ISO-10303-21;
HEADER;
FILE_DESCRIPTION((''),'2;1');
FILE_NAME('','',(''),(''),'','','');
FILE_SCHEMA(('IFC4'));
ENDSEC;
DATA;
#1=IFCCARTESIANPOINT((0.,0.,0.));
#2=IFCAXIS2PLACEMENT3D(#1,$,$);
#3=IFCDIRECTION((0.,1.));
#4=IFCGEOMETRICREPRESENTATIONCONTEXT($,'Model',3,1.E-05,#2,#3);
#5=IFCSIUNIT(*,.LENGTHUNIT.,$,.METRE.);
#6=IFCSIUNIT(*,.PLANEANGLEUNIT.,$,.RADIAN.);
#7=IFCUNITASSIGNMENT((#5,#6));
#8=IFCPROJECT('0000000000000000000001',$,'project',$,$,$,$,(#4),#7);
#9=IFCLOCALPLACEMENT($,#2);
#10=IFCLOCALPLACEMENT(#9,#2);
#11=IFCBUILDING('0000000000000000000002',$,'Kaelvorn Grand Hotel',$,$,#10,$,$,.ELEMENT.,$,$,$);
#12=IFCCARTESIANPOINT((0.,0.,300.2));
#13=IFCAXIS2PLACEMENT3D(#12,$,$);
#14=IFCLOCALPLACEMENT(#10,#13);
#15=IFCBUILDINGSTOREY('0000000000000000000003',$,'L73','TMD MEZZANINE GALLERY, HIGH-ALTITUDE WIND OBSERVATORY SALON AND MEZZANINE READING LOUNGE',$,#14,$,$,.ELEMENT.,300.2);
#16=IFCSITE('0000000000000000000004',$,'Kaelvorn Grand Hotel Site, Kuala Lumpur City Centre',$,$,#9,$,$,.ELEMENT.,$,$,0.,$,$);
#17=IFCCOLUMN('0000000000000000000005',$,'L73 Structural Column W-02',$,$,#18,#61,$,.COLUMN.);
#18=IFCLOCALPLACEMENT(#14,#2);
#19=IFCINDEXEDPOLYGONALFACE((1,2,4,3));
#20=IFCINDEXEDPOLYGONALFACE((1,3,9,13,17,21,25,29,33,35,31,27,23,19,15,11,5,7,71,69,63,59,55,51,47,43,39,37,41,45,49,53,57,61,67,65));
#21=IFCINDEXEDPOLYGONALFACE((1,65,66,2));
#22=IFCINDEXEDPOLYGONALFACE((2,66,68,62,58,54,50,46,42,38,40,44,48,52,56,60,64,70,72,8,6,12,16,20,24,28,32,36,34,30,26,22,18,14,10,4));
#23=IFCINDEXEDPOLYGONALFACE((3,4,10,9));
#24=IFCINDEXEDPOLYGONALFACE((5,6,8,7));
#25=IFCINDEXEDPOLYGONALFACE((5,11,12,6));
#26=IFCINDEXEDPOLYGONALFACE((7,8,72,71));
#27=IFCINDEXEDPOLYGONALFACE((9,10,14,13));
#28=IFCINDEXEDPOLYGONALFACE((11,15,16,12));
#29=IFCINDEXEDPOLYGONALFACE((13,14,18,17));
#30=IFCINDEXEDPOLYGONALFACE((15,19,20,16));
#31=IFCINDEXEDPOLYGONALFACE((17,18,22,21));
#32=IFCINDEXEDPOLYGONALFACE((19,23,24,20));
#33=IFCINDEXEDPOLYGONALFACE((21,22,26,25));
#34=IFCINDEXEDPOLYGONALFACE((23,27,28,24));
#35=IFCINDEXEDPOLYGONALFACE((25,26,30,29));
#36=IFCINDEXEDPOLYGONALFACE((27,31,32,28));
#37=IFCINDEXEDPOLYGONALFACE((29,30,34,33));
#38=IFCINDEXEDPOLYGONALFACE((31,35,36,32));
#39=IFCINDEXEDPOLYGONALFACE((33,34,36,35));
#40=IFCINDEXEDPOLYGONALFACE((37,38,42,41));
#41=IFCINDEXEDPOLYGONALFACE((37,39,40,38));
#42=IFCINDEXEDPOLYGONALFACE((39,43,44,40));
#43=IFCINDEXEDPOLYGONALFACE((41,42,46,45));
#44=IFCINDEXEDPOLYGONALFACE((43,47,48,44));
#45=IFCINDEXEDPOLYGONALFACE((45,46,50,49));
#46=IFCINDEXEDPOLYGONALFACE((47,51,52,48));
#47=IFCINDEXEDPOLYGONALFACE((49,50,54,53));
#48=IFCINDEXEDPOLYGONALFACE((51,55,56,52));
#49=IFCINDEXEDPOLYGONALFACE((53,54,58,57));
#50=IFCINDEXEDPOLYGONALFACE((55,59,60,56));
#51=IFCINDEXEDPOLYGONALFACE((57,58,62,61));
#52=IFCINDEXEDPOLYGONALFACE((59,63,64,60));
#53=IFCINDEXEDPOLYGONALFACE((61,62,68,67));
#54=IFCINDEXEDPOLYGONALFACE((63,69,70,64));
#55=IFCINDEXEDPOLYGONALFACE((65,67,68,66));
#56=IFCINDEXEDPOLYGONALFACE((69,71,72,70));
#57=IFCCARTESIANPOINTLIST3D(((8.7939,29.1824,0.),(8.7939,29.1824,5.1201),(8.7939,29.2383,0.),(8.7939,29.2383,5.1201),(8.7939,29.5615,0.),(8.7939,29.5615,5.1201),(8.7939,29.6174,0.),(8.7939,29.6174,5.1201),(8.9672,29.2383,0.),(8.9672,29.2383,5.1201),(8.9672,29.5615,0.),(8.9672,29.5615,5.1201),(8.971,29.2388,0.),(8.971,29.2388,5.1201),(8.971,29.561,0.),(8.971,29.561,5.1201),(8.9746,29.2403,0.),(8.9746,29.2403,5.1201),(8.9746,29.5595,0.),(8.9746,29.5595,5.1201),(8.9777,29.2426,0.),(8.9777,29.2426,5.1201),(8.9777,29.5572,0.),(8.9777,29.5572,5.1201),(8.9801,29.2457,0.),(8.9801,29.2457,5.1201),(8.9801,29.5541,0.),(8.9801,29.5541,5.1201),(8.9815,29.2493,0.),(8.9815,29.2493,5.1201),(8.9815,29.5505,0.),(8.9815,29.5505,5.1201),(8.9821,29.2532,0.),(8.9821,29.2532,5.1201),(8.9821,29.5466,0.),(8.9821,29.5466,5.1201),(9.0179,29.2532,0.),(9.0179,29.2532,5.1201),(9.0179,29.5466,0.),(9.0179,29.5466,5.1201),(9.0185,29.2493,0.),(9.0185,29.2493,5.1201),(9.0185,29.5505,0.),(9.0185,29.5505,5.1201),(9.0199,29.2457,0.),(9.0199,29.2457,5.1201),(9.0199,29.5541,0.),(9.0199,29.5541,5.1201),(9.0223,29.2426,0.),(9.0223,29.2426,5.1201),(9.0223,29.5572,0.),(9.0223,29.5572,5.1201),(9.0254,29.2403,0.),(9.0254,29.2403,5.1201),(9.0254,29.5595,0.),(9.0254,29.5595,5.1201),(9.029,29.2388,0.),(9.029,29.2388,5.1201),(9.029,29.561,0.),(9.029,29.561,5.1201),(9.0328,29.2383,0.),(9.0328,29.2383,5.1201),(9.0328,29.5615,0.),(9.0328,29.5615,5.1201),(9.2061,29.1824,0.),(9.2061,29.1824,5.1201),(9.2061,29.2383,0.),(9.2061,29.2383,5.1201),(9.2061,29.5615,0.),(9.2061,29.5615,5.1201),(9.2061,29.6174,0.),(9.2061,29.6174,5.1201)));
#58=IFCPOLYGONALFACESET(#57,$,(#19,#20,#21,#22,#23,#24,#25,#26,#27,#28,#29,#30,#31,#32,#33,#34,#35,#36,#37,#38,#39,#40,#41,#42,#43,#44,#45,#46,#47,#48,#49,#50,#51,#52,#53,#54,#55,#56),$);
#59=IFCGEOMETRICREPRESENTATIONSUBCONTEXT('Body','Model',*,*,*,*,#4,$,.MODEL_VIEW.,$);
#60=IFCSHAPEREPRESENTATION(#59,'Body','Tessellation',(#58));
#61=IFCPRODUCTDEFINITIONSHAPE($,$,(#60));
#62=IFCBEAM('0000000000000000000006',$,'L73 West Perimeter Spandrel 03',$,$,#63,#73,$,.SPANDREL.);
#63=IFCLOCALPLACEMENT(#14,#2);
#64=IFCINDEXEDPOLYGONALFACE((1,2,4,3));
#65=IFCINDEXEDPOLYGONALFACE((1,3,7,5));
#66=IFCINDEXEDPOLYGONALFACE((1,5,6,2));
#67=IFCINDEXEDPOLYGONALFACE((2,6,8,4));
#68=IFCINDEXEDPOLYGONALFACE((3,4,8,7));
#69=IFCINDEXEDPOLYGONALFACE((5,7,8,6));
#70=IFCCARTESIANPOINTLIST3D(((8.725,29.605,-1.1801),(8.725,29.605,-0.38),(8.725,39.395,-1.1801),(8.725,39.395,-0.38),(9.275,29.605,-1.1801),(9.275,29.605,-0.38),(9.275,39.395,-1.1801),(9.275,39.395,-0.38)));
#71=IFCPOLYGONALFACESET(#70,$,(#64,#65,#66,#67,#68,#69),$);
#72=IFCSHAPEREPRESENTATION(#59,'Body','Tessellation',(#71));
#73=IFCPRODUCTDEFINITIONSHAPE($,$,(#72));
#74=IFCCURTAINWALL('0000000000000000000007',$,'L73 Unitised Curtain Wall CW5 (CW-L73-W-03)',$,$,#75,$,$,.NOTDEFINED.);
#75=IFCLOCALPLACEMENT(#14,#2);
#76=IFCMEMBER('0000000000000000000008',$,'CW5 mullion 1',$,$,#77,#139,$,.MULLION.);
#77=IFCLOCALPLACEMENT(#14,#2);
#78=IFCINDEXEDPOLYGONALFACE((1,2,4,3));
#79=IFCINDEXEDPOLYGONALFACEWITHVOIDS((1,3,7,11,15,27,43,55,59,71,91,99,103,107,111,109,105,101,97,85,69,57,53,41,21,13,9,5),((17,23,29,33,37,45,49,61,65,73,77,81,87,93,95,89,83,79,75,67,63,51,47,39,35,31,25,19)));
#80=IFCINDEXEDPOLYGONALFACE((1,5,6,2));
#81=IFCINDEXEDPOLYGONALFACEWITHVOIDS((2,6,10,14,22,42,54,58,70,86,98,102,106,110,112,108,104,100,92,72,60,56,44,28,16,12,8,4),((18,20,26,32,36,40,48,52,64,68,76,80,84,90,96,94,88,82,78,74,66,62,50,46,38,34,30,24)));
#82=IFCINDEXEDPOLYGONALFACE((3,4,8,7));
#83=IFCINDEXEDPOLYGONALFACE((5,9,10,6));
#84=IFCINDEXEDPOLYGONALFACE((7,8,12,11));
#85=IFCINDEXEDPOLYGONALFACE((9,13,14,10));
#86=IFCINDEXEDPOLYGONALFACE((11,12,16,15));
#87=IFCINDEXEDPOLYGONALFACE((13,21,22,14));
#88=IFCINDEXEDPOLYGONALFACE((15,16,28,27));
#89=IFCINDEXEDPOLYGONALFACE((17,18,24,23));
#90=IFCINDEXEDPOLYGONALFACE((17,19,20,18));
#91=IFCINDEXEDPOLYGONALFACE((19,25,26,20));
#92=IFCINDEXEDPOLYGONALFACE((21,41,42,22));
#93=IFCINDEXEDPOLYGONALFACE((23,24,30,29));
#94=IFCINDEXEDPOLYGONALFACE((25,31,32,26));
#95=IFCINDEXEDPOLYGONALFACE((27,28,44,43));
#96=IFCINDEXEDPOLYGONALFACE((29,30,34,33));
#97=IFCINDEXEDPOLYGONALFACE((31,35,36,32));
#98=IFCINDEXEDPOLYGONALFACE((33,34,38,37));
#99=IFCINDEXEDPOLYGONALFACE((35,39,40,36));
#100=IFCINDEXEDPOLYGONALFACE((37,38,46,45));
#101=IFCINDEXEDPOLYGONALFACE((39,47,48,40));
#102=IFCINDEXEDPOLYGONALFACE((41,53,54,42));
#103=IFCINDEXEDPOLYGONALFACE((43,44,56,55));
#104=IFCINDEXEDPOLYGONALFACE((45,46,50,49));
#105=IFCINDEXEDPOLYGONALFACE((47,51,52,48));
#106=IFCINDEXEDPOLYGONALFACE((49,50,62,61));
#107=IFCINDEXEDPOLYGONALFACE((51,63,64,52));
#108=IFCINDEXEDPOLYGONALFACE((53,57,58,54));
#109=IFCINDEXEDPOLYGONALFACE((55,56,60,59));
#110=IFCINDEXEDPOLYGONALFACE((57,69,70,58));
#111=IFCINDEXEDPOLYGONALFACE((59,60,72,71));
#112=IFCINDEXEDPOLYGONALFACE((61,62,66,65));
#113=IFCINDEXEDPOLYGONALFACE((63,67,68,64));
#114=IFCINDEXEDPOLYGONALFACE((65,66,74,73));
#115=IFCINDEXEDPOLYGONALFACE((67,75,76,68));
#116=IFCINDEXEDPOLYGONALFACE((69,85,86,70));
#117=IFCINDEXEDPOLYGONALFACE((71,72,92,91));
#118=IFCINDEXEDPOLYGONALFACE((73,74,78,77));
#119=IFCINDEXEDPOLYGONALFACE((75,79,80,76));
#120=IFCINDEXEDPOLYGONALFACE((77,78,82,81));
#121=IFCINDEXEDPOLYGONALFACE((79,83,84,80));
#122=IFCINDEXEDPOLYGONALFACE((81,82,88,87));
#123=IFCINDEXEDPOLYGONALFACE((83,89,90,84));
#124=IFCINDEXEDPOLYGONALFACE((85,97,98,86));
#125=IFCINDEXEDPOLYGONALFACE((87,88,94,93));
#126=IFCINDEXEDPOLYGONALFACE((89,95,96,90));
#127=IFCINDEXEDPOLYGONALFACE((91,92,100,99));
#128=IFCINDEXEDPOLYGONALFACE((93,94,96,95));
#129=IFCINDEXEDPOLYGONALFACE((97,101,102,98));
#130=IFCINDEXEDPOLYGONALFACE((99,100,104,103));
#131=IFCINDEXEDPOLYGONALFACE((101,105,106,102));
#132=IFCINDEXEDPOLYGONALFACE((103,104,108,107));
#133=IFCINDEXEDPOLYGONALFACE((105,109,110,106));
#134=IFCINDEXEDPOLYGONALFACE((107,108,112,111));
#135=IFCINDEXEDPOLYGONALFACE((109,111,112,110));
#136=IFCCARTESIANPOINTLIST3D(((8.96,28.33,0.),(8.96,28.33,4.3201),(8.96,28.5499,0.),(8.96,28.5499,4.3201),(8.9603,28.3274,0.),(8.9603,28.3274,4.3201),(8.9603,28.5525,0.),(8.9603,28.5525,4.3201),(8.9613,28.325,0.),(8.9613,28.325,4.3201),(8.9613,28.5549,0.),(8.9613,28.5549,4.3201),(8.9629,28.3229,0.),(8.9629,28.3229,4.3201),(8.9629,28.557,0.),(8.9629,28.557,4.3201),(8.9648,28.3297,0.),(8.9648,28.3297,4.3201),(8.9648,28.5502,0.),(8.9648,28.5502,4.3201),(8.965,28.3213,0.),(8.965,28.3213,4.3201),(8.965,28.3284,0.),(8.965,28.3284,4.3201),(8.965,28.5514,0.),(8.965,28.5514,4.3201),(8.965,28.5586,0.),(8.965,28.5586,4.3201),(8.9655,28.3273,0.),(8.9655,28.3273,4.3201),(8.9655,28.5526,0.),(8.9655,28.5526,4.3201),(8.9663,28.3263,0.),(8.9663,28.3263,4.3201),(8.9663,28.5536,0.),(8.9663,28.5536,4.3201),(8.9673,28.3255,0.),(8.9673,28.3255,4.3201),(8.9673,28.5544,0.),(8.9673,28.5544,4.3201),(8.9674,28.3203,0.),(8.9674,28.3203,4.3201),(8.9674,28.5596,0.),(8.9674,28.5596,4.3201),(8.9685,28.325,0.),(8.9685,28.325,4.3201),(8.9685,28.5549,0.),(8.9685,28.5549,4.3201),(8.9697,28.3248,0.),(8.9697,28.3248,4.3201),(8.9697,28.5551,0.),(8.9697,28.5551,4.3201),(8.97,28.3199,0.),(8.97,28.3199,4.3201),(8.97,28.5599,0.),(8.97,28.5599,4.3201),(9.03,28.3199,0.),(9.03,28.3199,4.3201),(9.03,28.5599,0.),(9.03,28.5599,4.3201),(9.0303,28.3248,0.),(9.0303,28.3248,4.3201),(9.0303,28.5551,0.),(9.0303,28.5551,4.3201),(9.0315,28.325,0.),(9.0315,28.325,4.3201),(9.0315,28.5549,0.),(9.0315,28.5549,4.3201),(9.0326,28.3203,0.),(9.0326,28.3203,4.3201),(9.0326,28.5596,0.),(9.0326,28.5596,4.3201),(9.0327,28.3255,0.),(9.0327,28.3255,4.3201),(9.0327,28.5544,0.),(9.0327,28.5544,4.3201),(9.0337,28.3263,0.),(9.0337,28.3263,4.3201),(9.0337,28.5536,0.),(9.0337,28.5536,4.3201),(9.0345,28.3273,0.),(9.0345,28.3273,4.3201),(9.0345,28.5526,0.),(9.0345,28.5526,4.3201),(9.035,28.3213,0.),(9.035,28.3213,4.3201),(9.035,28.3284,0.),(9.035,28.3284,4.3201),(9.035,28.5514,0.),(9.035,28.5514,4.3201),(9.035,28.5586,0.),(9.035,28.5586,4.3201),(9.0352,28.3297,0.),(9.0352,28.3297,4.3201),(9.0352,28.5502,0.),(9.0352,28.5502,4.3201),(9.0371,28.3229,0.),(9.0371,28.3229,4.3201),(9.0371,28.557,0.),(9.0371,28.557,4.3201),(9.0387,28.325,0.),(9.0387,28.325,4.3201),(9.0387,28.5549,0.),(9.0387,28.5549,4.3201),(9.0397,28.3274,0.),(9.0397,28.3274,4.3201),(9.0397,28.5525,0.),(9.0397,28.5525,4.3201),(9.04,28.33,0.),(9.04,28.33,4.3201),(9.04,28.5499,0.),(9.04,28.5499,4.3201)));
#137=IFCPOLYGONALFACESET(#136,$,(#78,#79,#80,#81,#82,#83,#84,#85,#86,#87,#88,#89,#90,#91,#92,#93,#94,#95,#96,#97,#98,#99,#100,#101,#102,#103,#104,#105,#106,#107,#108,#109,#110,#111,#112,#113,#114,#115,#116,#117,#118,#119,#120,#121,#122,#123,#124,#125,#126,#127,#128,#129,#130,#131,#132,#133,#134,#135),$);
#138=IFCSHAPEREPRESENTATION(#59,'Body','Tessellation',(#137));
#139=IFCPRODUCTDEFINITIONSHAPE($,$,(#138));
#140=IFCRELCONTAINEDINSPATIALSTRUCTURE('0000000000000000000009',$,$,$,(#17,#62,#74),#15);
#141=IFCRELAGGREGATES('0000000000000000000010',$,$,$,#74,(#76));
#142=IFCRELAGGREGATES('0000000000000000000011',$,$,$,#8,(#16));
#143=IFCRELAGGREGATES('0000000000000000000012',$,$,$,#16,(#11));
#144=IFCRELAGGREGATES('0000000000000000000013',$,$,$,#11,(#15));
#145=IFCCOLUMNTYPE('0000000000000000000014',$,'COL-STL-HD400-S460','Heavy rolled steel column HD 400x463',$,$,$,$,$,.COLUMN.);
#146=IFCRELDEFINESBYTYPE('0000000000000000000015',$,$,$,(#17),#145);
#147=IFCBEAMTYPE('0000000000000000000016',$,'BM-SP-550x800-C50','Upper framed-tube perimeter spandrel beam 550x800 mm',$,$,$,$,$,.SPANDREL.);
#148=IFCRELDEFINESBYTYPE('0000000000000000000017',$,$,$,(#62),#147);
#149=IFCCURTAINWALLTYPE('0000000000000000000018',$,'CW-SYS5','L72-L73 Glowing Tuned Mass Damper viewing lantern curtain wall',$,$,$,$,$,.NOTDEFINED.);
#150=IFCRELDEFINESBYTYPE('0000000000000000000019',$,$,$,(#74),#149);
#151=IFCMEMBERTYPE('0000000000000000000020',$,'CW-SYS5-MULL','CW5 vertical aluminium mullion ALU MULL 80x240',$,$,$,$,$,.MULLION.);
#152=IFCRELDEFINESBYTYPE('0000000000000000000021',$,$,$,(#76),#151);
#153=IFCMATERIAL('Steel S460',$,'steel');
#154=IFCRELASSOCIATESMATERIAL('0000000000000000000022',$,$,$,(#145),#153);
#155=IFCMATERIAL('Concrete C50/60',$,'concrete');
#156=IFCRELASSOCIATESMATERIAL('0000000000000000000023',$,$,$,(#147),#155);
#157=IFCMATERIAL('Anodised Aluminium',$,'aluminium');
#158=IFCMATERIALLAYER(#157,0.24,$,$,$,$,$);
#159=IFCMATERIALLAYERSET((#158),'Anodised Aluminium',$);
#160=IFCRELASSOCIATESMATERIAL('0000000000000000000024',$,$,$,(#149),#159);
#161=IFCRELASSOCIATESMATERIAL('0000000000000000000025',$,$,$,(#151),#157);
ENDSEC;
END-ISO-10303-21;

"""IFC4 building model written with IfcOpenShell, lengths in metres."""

from ifc_helpers import new_model, si_unit, direction, frame, origin, origin_2d, place, context, subcontext, project, spatial, rectangle, hollow_rectangle, i_section, extrude, material, layer, layer_set, material_profile, profile_set, type_object, element, aggregate, save


model = new_model("IFC4")

# Units and contexts
model_context = context("Model", 3, precision=1e-05, world=origin(), true_north=direction((0.0, 1.0)))
body_context = subcontext(model_context, "Body", "Model", "MODEL_VIEW")
ifc_project = project(units=[si_unit("LENGTHUNIT", "METRE"), si_unit("PLANEANGLEUNIT", "RADIAN")], contexts=[model_context])

# Site, building, storey
site_placement = place(None, origin())
site = spatial("IfcSite", under=ifc_project, at=site_placement, Name="Kaelvorn Grand Hotel Site, Kuala Lumpur City Centre", CompositionType="ELEMENT", RefElevation=0.0)
building_placement = place(site_placement, origin())
building = spatial("IfcBuilding", under=site, at=building_placement, Name="Kaelvorn Grand Hotel", CompositionType="ELEMENT")
storey_placement = place(building_placement, frame((0.0, 0.0, 300.2)))
storey = spatial("IfcBuildingStorey", under=building, at=storey_placement, Name="L73", Description="TMD MEZZANINE GALLERY, HIGH-ALTITUDE WIND OBSERVATORY SALON AND MEZZANINE READING LOUNGE", CompositionType="ELEMENT", Elevation=300.2)

# Column
ifc_material_1 = material(Name="Steel S460", Category="steel")
ifc_material_profile_1 = material_profile(ifc_material_1, i_section(OverallWidth=0.4121, OverallDepth=0.4351, WebThickness=0.0359, FlangeThickness=0.0559, FilletRadius=0.0149, at=origin_2d()), Name="HD 400x463")
ifc_profile_set_1 = profile_set([ifc_material_profile_1], Name="Steel S460")
column_type = type_object("IfcColumnType", Name="COL-STL-HD400-S460", Description="Heavy rolled steel column HD 400x463", PredefinedType="COLUMN", material=ifc_profile_set_1)
column_placement = place(storey_placement, frame((9.0, 29.3999, 0.0), z_axis=(0.0, 0.0, 1.0), x_axis=(1.0, 0.0, 0.0)))
element("IfcColumn", 1, at=column_placement, inside=storey, type_object=column_type, Name="L73 Structural Column W-02", PredefinedType="COLUMN", context=body_context, shape_type="SweptSolid", body=[
    extrude(i_section(OverallWidth=0.4121, OverallDepth=0.4351, WebThickness=0.0359, FlangeThickness=0.0559, FilletRadius=0.0149, at=origin_2d()), origin(), (0.0, 0.0, 1.0), 5.1201),
])

# Beam
ifc_material_2 = material(Name="Concrete C50/60", Category="concrete")
ifc_material_profile_2 = material_profile(ifc_material_2, rectangle(XDim=0.55, YDim=0.8, at=origin_2d()), Name="RC SPANDREL 550x800")
ifc_profile_set_2 = profile_set([ifc_material_profile_2], Name="Concrete C50/60")
beam_type = type_object("IfcBeamType", Name="BM-SP-550x800-C50", Description="Upper framed-tube perimeter spandrel beam 550x800 mm", PredefinedType="SPANDREL", material=ifc_profile_set_2)
beam_placement = place(storey_placement, frame((9.0, 29.605, -0.78), z_axis=(0.0, 1.0, 0.0), x_axis=(-1.0, 0.0, 0.0)))
element("IfcBeam", 2, at=beam_placement, inside=storey, type_object=beam_type, Name="L73 West Perimeter Spandrel 03", PredefinedType="SPANDREL", context=body_context, shape_type="SweptSolid", body=[
    extrude(rectangle(XDim=0.55, YDim=0.8, at=origin_2d()), origin(), (0.0, 0.0, 1.0), 9.79),
])

# Curtain wall, member
ifc_material_3 = material(Name="Anodised Aluminium", Category="aluminium")
ifc_layer_1 = layer(ifc_material_3, 0.24)
ifc_layer_set_1 = layer_set([ifc_layer_1], Name="Anodised Aluminium")
curtain_wall_type = type_object("IfcCurtainWallType", Name="CW-SYS5", Description="L72-L73 Glowing Tuned Mass Damper viewing lantern curtain wall", PredefinedType="NOTDEFINED", material=ifc_layer_set_1)
curtain_wall_placement = place(storey_placement, origin())
curtain_wall = element("IfcCurtainWall", 3, at=curtain_wall_placement, inside=storey, type_object=curtain_wall_type, Name="L73 Unitised Curtain Wall CW5 (CW-L73-W-03)", PredefinedType="NOTDEFINED")
ifc_material_profile_3 = material_profile(ifc_material_3, hollow_rectangle(XDim=0.0801, YDim=0.24, WallThickness=0.0049, InnerFilletRadius=0.0049, OuterFilletRadius=0.01, at=origin_2d()), Name="ALU MULL 80x240")
ifc_profile_set_3 = profile_set([ifc_material_profile_3], Name="Anodised Aluminium")
member_type_1 = type_object("IfcMemberType", Name="CW-SYS5-MULL", Description="CW5 vertical aluminium mullion ALU MULL 80x240", PredefinedType="MULLION", material=ifc_profile_set_3)
member_1_placement = place(storey_placement, frame((9.0, 28.4399, 0.0), z_axis=(0.0, 0.0, 1.0), x_axis=(1.0, 0.0, 0.0)))
member_1 = element("IfcMember", 4, at=member_1_placement, type_object=member_type_1, Name="CW5 mullion 1", PredefinedType="MULLION", context=body_context, shape_type="SweptSolid", body=[
    extrude(hollow_rectangle(XDim=0.0801, YDim=0.24, WallThickness=0.0049, InnerFilletRadius=0.0049, OuterFilletRadius=0.01, at=origin_2d()), origin(), (0.0, 0.0, 1.0), 4.3201),
])
aggregate(curtain_wall, [member_1])

save(model, "model.ifc")
